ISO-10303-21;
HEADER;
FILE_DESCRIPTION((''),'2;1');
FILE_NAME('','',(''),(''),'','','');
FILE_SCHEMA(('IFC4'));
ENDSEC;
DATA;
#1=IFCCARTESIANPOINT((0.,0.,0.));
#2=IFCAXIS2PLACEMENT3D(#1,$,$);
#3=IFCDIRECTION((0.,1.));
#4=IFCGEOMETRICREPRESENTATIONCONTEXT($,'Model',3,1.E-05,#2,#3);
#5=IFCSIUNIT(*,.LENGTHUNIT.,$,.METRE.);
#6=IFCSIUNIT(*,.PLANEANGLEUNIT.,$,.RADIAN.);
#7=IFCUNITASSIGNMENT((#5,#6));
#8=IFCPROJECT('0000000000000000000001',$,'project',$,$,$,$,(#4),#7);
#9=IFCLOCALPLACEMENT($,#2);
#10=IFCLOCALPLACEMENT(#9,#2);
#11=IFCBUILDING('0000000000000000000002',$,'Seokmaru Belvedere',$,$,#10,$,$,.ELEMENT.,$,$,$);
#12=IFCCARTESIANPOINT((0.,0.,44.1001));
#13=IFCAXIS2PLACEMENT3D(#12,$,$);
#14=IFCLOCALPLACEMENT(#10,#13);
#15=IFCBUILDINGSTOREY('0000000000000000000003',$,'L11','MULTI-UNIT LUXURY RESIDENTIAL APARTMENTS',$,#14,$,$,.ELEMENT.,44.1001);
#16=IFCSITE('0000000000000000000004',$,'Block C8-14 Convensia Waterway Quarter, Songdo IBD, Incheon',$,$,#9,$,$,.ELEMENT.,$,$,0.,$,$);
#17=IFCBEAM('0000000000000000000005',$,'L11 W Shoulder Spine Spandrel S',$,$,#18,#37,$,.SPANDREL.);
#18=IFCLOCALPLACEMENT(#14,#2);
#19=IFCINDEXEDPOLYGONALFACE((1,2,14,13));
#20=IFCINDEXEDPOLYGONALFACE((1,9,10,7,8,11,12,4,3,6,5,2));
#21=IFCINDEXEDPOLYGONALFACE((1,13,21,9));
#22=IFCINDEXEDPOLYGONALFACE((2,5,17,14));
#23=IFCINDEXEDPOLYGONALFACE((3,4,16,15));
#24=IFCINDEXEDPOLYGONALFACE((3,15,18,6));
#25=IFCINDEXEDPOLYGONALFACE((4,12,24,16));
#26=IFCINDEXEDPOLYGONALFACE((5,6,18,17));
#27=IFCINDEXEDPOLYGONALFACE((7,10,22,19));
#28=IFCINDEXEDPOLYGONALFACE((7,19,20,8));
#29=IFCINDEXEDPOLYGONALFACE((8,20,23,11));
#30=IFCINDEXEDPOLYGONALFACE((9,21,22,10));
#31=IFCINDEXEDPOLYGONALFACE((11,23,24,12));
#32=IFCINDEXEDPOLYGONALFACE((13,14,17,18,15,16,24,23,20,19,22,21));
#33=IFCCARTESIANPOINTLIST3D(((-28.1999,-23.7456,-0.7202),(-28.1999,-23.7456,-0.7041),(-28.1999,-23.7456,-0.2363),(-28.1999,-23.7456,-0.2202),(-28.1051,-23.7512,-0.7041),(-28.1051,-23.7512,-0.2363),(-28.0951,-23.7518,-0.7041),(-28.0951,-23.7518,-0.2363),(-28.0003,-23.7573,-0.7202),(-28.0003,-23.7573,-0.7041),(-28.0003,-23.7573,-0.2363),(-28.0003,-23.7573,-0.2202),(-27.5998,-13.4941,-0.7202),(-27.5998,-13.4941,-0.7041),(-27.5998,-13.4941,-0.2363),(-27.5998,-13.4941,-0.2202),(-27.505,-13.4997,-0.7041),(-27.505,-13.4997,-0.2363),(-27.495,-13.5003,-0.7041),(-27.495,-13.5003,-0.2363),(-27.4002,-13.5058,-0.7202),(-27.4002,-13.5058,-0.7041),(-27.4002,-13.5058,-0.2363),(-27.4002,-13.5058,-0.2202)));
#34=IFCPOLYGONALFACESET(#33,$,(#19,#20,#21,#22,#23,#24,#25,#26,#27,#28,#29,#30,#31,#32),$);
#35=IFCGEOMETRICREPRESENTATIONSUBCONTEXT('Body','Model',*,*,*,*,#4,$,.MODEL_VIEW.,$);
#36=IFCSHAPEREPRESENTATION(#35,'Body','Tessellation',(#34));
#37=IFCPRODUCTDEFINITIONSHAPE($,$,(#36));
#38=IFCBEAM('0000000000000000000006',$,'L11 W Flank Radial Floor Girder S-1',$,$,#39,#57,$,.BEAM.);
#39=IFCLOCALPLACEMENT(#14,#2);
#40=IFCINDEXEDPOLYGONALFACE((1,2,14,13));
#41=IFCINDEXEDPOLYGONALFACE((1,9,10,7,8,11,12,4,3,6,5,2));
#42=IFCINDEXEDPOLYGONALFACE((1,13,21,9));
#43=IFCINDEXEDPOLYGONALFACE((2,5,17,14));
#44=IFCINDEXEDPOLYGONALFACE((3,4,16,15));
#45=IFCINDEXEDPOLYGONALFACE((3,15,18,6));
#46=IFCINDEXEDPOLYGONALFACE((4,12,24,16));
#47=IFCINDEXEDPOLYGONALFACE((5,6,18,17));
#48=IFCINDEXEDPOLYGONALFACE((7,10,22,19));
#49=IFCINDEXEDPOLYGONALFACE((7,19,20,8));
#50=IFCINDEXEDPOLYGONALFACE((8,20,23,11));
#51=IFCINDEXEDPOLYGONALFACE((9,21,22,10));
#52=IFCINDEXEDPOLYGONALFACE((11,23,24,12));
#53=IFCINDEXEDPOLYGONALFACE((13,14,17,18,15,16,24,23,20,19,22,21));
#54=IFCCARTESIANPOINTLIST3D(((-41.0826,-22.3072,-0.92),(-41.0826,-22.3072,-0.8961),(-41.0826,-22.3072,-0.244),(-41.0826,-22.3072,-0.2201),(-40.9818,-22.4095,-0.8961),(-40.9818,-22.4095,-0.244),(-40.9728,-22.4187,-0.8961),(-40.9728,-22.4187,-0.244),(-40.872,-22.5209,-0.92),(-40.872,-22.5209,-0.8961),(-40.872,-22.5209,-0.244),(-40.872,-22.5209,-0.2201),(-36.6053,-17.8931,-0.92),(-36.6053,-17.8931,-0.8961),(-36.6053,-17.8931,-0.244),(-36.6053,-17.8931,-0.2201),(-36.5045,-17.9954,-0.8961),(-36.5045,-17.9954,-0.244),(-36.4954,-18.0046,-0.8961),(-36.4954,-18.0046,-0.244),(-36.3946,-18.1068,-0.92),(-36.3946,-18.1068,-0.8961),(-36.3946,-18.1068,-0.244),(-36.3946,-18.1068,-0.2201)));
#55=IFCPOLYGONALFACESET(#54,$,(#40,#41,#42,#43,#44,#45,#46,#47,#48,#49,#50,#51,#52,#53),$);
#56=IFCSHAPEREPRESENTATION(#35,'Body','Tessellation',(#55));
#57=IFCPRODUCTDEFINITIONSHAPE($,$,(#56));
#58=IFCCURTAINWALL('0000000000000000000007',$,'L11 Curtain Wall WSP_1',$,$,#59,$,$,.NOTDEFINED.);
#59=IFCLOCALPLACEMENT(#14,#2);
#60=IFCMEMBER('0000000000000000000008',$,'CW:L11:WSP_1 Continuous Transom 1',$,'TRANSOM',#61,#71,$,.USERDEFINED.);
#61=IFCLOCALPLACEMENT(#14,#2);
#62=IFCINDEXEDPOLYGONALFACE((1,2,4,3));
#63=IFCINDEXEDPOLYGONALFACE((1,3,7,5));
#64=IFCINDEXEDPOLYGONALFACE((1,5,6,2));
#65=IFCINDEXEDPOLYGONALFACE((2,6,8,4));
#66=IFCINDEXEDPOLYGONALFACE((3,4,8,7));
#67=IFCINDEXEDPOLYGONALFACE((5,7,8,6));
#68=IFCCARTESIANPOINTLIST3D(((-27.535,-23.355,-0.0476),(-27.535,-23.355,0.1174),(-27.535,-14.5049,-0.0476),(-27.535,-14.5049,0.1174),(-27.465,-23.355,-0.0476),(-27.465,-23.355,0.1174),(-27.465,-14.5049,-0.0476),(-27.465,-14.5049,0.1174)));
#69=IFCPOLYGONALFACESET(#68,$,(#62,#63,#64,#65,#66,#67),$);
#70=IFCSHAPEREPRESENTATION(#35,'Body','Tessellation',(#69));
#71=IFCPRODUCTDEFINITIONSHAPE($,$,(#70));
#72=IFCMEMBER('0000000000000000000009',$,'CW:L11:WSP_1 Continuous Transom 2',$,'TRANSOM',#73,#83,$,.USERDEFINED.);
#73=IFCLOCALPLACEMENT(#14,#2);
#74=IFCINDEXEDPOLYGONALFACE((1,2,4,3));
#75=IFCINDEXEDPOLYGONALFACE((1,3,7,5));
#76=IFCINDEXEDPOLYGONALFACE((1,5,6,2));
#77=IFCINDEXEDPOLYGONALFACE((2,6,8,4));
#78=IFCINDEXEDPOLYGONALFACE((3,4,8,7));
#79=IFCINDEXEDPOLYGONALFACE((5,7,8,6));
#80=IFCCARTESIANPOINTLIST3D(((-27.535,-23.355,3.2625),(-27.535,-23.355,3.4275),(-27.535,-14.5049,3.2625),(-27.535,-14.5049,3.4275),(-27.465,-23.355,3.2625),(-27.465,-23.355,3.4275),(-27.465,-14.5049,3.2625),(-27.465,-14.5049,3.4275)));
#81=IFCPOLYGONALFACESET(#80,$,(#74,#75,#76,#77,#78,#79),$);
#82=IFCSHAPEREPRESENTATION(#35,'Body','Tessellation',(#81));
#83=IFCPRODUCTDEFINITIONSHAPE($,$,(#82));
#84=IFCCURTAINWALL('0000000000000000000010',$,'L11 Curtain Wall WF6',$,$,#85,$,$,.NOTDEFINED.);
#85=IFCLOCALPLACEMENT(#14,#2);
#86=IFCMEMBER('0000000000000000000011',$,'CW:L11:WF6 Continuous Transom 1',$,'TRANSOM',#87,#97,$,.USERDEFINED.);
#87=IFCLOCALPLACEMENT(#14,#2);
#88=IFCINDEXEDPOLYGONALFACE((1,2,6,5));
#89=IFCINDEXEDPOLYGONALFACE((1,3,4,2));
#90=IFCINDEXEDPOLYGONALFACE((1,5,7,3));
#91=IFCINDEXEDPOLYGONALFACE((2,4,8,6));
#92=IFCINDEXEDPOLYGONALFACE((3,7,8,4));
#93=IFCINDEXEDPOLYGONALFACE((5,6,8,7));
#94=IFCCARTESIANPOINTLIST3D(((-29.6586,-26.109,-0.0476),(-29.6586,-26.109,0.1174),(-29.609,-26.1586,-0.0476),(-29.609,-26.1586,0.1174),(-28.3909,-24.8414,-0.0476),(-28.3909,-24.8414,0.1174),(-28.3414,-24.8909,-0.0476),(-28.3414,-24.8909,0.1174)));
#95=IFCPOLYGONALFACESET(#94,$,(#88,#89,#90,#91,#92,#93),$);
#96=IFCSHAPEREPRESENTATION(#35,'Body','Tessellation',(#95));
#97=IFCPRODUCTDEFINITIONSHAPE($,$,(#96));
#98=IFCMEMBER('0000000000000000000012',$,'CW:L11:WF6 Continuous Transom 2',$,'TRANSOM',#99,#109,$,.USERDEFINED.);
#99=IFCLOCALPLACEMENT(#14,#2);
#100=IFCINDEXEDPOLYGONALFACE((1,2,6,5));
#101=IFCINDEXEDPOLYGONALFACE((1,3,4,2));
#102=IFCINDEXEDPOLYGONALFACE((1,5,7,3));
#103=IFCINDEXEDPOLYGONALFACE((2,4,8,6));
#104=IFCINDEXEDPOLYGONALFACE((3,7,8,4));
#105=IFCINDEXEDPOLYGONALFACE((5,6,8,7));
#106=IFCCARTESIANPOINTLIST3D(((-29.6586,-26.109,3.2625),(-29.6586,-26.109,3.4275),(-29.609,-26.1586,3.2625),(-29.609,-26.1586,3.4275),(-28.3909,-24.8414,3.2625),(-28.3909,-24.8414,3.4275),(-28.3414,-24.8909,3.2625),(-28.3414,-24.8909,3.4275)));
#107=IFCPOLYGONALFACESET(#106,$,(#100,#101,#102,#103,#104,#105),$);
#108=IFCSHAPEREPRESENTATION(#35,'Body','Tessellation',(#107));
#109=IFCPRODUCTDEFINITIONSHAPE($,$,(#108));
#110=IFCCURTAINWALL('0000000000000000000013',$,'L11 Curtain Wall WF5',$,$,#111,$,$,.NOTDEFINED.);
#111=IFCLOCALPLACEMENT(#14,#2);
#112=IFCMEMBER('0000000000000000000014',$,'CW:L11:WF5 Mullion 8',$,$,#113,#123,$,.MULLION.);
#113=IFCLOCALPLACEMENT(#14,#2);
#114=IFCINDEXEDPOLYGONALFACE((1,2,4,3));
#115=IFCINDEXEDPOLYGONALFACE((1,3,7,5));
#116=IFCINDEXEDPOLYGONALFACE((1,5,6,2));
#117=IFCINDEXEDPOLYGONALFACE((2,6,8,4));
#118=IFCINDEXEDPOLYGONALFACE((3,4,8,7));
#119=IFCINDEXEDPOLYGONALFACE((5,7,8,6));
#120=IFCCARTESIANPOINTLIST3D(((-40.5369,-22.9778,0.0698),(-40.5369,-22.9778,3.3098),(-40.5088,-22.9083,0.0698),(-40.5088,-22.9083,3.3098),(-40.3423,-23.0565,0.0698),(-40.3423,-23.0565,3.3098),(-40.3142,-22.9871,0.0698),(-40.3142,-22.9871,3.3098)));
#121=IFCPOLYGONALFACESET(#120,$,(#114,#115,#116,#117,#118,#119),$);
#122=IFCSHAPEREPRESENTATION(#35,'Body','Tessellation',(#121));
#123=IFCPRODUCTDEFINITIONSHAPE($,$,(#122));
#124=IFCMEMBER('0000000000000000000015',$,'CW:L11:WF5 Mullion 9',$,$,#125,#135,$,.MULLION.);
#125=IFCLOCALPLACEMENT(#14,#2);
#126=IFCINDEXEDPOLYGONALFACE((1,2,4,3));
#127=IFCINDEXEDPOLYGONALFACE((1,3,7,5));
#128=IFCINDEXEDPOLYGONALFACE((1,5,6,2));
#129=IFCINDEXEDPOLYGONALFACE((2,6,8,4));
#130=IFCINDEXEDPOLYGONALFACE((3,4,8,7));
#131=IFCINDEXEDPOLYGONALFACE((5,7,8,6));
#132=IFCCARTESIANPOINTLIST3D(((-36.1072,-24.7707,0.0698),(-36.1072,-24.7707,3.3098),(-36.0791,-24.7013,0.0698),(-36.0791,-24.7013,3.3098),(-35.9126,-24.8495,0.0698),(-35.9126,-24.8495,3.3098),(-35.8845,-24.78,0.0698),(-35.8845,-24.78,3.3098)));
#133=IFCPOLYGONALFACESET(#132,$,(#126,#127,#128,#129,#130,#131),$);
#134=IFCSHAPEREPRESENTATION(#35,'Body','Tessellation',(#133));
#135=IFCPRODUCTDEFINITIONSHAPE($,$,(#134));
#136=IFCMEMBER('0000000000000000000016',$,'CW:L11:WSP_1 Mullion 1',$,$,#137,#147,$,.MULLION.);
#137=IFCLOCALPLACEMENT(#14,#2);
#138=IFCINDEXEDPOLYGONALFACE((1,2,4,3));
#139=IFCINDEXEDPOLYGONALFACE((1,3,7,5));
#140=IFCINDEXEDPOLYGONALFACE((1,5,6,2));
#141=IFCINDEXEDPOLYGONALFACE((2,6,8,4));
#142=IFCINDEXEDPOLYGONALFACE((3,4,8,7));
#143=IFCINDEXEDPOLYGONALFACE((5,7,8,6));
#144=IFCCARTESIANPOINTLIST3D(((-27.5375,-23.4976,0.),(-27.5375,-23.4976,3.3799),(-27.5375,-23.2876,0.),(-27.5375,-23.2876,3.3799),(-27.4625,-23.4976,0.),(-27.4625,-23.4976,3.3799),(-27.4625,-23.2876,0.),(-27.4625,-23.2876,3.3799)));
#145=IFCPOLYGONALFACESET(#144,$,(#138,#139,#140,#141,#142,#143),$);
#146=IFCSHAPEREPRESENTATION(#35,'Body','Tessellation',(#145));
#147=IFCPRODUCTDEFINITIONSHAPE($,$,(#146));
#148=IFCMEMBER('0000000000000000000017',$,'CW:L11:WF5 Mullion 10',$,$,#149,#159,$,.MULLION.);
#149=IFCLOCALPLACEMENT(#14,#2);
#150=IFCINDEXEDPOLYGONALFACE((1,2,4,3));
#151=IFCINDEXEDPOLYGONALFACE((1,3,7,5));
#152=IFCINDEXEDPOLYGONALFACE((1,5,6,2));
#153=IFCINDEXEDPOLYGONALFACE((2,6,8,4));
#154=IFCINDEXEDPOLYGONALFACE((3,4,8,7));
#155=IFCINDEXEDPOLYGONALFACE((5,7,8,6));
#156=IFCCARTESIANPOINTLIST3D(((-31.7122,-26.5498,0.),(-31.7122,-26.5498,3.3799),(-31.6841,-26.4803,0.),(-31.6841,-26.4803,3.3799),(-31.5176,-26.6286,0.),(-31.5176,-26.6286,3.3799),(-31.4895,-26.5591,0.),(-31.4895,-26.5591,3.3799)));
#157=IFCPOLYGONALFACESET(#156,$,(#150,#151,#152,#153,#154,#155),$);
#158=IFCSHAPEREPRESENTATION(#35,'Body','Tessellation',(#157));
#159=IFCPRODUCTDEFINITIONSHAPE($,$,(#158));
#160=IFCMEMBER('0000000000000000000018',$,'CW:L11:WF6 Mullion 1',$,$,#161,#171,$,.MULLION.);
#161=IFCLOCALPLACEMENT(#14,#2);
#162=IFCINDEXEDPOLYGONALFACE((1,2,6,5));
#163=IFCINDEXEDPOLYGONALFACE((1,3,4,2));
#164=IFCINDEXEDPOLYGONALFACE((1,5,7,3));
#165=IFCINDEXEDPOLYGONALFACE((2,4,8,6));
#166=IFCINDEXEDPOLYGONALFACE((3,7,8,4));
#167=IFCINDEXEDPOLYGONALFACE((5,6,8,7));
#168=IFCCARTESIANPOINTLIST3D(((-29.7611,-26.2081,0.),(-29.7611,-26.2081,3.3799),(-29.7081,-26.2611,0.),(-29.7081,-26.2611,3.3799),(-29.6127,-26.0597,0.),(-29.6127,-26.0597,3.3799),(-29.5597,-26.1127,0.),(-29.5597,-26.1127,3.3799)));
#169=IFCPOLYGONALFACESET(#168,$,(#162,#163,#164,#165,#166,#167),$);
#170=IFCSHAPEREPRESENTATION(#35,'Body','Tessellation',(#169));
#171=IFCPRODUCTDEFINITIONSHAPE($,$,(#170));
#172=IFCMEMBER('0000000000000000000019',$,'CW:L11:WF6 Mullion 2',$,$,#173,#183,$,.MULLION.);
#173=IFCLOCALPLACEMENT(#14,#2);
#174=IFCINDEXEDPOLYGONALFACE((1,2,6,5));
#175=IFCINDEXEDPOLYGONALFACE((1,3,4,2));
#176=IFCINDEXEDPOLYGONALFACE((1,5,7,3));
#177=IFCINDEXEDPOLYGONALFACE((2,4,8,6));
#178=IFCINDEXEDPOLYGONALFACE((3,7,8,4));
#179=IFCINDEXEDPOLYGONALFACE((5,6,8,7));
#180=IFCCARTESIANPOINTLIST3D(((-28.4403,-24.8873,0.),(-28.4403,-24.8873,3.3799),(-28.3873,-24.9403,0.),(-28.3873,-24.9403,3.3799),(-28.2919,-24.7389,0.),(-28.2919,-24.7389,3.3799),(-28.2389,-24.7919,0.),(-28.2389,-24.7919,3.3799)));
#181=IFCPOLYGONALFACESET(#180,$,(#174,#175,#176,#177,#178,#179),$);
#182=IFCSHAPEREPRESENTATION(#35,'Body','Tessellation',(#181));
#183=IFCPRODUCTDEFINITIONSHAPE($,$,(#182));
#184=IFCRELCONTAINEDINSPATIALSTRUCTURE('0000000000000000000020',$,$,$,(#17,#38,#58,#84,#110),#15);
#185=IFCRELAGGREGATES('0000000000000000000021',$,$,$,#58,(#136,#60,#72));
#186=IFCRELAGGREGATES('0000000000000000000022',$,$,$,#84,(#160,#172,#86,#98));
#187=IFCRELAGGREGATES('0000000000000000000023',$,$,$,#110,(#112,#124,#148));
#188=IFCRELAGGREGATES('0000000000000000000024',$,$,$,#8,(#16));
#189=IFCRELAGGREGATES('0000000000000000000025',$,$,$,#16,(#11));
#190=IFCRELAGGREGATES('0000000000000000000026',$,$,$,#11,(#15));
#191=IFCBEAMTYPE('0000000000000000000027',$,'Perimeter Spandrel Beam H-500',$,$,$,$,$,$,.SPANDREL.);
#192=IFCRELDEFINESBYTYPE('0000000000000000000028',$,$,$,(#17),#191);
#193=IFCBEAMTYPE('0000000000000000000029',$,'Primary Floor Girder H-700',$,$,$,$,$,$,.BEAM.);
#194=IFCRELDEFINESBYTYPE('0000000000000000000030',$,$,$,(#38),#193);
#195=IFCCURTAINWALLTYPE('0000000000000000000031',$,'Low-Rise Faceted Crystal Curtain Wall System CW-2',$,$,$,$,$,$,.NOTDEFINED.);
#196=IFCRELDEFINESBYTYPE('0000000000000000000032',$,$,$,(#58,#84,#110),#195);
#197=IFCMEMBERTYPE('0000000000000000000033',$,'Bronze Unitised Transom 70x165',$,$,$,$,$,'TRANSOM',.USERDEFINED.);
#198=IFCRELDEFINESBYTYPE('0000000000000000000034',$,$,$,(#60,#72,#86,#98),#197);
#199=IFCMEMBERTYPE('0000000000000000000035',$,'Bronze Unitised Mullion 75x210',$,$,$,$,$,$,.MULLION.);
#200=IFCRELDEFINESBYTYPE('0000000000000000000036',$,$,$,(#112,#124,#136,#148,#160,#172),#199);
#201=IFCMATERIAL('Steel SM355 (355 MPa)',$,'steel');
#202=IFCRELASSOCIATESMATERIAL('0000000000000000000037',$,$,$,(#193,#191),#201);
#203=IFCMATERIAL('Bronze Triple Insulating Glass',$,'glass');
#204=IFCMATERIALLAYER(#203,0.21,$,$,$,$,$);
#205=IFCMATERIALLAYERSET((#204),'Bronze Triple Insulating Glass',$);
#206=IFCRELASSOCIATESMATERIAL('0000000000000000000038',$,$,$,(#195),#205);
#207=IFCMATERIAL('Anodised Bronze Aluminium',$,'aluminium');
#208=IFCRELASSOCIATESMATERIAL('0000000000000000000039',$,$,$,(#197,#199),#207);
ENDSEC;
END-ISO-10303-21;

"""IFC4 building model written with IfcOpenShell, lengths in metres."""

from ifc_helpers import new_model, si_unit, direction, frame, origin, origin_2d, place, context, subcontext, project, spatial, rectangle, i_section, extrude, source, transform, mapped, material, layer, layer_set, material_profile, profile_set, type_object, type_shapes, element, aggregate, save


model = new_model("IFC4")

# Units and contexts
model_context = context("Model", 3, precision=1e-05, world=origin(), true_north=direction((0.0, 1.0)))
body_context = subcontext(model_context, "Body", "Model", "MODEL_VIEW")
ifc_project = project(units=[si_unit("LENGTHUNIT", "METRE"), si_unit("PLANEANGLEUNIT", "RADIAN")], contexts=[model_context])

# Site, building, storey
site_placement = place(None, origin())
site = spatial("IfcSite", under=ifc_project, at=site_placement, Name="Block C8-14 Convensia Waterway Quarter, Songdo IBD, Incheon", CompositionType="ELEMENT", RefElevation=0.0)
building_placement = place(site_placement, origin())
building = spatial("IfcBuilding", under=site, at=building_placement, Name="Seokmaru Belvedere", CompositionType="ELEMENT")
storey_placement = place(building_placement, frame((0.0, 0.0, 44.1001)))
storey = spatial("IfcBuildingStorey", under=building, at=storey_placement, Name="L11", Description="MULTI-UNIT LUXURY RESIDENTIAL APARTMENTS", CompositionType="ELEMENT", Elevation=44.1001)

# Shared definitions
ifc_material_1 = material(Name="Steel SM355 (355 MPa)", Category="steel")

# Beams
ifc_material_profile_1 = material_profile(ifc_material_1, i_section(OverallWidth=0.3, OverallDepth=0.7, WebThickness=0.0129, FlangeThickness=0.0239, at=origin_2d()), Name="H-700x300x13x24")
ifc_profile_set_1 = profile_set([ifc_material_profile_1], Name="Steel SM355 (355 MPa)")
beam_type_1 = type_object("IfcBeamType", Name="Primary Floor Girder H-700", PredefinedType="BEAM", material=ifc_profile_set_1)
ifc_material_profile_2 = material_profile(ifc_material_1, i_section(OverallWidth=0.2, OverallDepth=0.5, WebThickness=0.01, FlangeThickness=0.0161, at=origin_2d()), Name="H-500x200x10x16")
ifc_profile_set_2 = profile_set([ifc_material_profile_2], Name="Steel SM355 (355 MPa)")
beam_type_2 = type_object("IfcBeamType", Name="Perimeter Spandrel Beam H-500", PredefinedType="SPANDREL", material=ifc_profile_set_2)
shared_shape_1 = source(origin(), body_context, "Body", "SweptSolid", [
    extrude(i_section(OverallWidth=0.2, OverallDepth=0.5, WebThickness=0.01, FlangeThickness=0.0161, at=origin_2d()), origin(), (0.0, 0.0, 1.0), 10.269),
])
beam_1_placement = place(storey_placement, frame((-28.1001, -23.7515, -0.4702), z_axis=(0.058438, 0.998291, 0.0), x_axis=(-0.998291, 0.058438, 0.0)))
element("IfcBeam", 1, at=beam_1_placement, inside=storey, type_object=beam_type_2, Name="L11 W Shoulder Spine Spandrel S", PredefinedType="SPANDREL", context=body_context, shape_type="MappedRepresentation", body=[
    mapped(shared_shape_1, transform((0.0, 0.0, 0.0), scale=1.0)),
])
shared_shape_2 = source(origin(), body_context, "Body", "SweptSolid", [
    extrude(i_section(OverallWidth=0.3, OverallDepth=0.7, WebThickness=0.0129, FlangeThickness=0.0239, at=origin_2d()), origin(), (0.0, 0.0, 1.0), 6.2874),
])
beam_2_placement = place(storey_placement, frame((-40.9773, -22.4141, -0.5701), z_axis=(0.712117, 0.70206, 0.0), x_axis=(-0.70206, 0.712117, 0.0)))
element("IfcBeam", 2, at=beam_2_placement, inside=storey, type_object=beam_type_1, Name="L11 W Flank Radial Floor Girder S-1", PredefinedType="BEAM", context=body_context, shape_type="MappedRepresentation", body=[
    mapped(shared_shape_2, transform((0.0, 0.0, 0.0), scale=1.0)),
])

# Curtain walls, members
ifc_material_2 = material(Name="Bronze Triple Insulating Glass", Category="glass")
ifc_layer_1 = layer(ifc_material_2, 0.21)
ifc_layer_set_1 = layer_set([ifc_layer_1], Name="Bronze Triple Insulating Glass")
curtain_wall_type = type_object("IfcCurtainWallType", Name="Low-Rise Faceted Crystal Curtain Wall System CW-2", PredefinedType="NOTDEFINED", material=ifc_layer_set_1)
curtain_wall_1_placement = place(storey_placement, origin())
curtain_wall_1 = element("IfcCurtainWall", 3, at=curtain_wall_1_placement, inside=storey, type_object=curtain_wall_type, Name="L11 Curtain Wall WSP_1", PredefinedType="NOTDEFINED")
ifc_material_3 = material(Name="Anodised Bronze Aluminium", Category="aluminium")
ifc_material_profile_3 = material_profile(ifc_material_3, rectangle(XDim=0.0701, YDim=0.165, at=origin_2d()), Name="CW-T-70x165")
ifc_profile_set_3 = profile_set([ifc_material_profile_3], Name="Anodised Bronze Aluminium")
member_type_1 = type_object("IfcMemberType", Name="Bronze Unitised Transom 70x165", ElementType="TRANSOM", PredefinedType="USERDEFINED", material=ifc_profile_set_3)
shared_shape_3 = source(origin(), body_context, "Body", "SweptSolid", [
    extrude(rectangle(XDim=0.0701, YDim=0.165, at=origin_2d()), origin(), (0.0, 0.0, 1.0), 8.8501),
])
member_1_placement = place(storey_placement, frame((-27.5, -23.355, 0.0349), z_axis=(0.0, 1.0, 0.0), x_axis=(-1.0, 0.0, 0.0)))
member_1 = element("IfcMember", 4, at=member_1_placement, type_object=member_type_1, Name="CW:L11:WSP_1 Continuous Transom 1", ObjectType="TRANSOM", PredefinedType="USERDEFINED", context=body_context, shape_type="MappedRepresentation", body=[
    mapped(shared_shape_3, transform((0.0, 0.0, 0.0), scale=1.0)),
])
member_2_placement = place(storey_placement, frame((-27.5, -23.355, 3.345), z_axis=(0.0, 1.0, 0.0), x_axis=(-1.0, 0.0, 0.0)))
member_2 = element("IfcMember", 5, at=member_2_placement, type_object=member_type_1, Name="CW:L11:WSP_1 Continuous Transom 2", ObjectType="TRANSOM", PredefinedType="USERDEFINED", context=body_context, shape_type="MappedRepresentation", body=[
    mapped(shared_shape_3, transform((0.0, 0.0, 0.0), scale=1.0)),
])
curtain_wall_2_placement = place(storey_placement, origin())
curtain_wall_2 = element("IfcCurtainWall", 6, at=curtain_wall_2_placement, inside=storey, type_object=curtain_wall_type, Name="L11 Curtain Wall WF6", PredefinedType="NOTDEFINED")
shared_shape_4 = source(origin(), body_context, "Body", "SweptSolid", [
    extrude(rectangle(XDim=0.0701, YDim=0.165, at=origin_2d()), origin(), (0.0, 0.0, 1.0), 1.7927),
])
type_shapes(member_type_1, [shared_shape_3, shared_shape_4])
member_3_placement = place(storey_placement, frame((-29.6338, -26.1338, 0.0349), z_axis=(0.707107, 0.707107, 0.0), x_axis=(-0.707107, 0.707107, 0.0)))
member_3 = element("IfcMember", 7, at=member_3_placement, type_object=member_type_1, Name="CW:L11:WF6 Continuous Transom 1", ObjectType="TRANSOM", PredefinedType="USERDEFINED", context=body_context, shape_type="MappedRepresentation", body=[
    mapped(shared_shape_4, transform((0.0, 0.0, 0.0), scale=1.0)),
])
member_4_placement = place(storey_placement, frame((-29.6338, -26.1338, 3.345), z_axis=(0.707107, 0.707107, 0.0), x_axis=(-0.707107, 0.707107, 0.0)))
member_4 = element("IfcMember", 8, at=member_4_placement, type_object=member_type_1, Name="CW:L11:WF6 Continuous Transom 2", ObjectType="TRANSOM", PredefinedType="USERDEFINED", context=body_context, shape_type="MappedRepresentation", body=[
    mapped(shared_shape_4, transform((0.0, 0.0, 0.0), scale=1.0)),
])
curtain_wall_3_placement = place(storey_placement, origin())
curtain_wall_3 = element("IfcCurtainWall", 9, at=curtain_wall_3_placement, inside=storey, type_object=curtain_wall_type, Name="L11 Curtain Wall WF5", PredefinedType="NOTDEFINED")
ifc_material_profile_4 = material_profile(ifc_material_3, rectangle(XDim=0.075, YDim=0.21, at=origin_2d()), Name="CW-M-75x210")
ifc_profile_set_4 = profile_set([ifc_material_profile_4], Name="Anodised Bronze Aluminium")
member_type_2 = type_object("IfcMemberType", Name="Bronze Unitised Mullion 75x210", PredefinedType="MULLION", material=ifc_profile_set_4)
shared_shape_5 = source(origin(), body_context, "Body", "SweptSolid", [
    extrude(rectangle(XDim=0.075, YDim=0.21, at=origin_2d()), origin(), (0.0, 0.0, 1.0), 3.24),
])
member_5_placement = place(storey_placement, frame((-40.4255, -22.9824, 0.0698), z_axis=(0.0, 0.0, 1.0), x_axis=(0.375192, 0.926947, 0.0)))
member_5 = element("IfcMember", 10, at=member_5_placement, type_object=member_type_2, Name="CW:L11:WF5 Mullion 8", PredefinedType="MULLION", context=body_context, shape_type="MappedRepresentation", body=[
    mapped(shared_shape_5, transform((0.0, 0.0, 0.0), scale=1.0)),
])
member_6_placement = place(storey_placement, frame((-35.9958, -24.7754, 0.0698), z_axis=(0.0, 0.0, 1.0), x_axis=(0.375192, 0.926947, 0.0)))
member_6 = element("IfcMember", 11, at=member_6_placement, type_object=member_type_2, Name="CW:L11:WF5 Mullion 9", PredefinedType="MULLION", context=body_context, shape_type="MappedRepresentation", body=[
    mapped(shared_shape_5, transform((0.0, 0.0, 0.0), scale=1.0)),
])

# Members
shared_shape_6 = source(origin(), body_context, "Body", "SweptSolid", [
    extrude(rectangle(XDim=0.075, YDim=0.21, at=origin_2d()), origin(), (0.0, 0.0, 1.0), 3.3799),
])
type_shapes(member_type_2, [shared_shape_5, shared_shape_6])
member_7_placement = place(storey_placement, frame((-27.5, -23.3926, 0.0), z_axis=(0.0, 0.0, 1.0), x_axis=(-1.0, 0.0, 0.0)))
member_7 = element("IfcMember", 12, at=member_7_placement, type_object=member_type_2, Name="CW:L11:WSP_1 Mullion 1", PredefinedType="MULLION", context=body_context, shape_type="MappedRepresentation", body=[
    mapped(shared_shape_6, transform((0.0, 0.0, 0.0), scale=1.0)),
])
member_8_placement = place(storey_placement, frame((-31.6008, -26.5544, 0.0), z_axis=(0.0, 0.0, 1.0), x_axis=(0.375192, 0.926947, 0.0)))
member_8 = element("IfcMember", 13, at=member_8_placement, type_object=member_type_2, Name="CW:L11:WF5 Mullion 10", PredefinedType="MULLION", context=body_context, shape_type="MappedRepresentation", body=[
    mapped(shared_shape_6, transform((0.0, 0.0, 0.0), scale=1.0)),
])
member_9_placement = place(storey_placement, frame((-29.6604, -26.1604, 0.0), z_axis=(0.0, 0.0, 1.0), x_axis=(-0.707107, 0.707107, 0.0)))
member_9 = element("IfcMember", 14, at=member_9_placement, type_object=member_type_2, Name="CW:L11:WF6 Mullion 1", PredefinedType="MULLION", context=body_context, shape_type="MappedRepresentation", body=[
    mapped(shared_shape_6, transform((0.0, 0.0, 0.0), scale=1.0)),
])
member_10_placement = place(storey_placement, frame((-28.3396, -24.8396, 0.0), z_axis=(0.0, 0.0, 1.0), x_axis=(-0.707107, 0.707107, 0.0)))
member_10 = element("IfcMember", 15, at=member_10_placement, type_object=member_type_2, Name="CW:L11:WF6 Mullion 2", PredefinedType="MULLION", context=body_context, shape_type="MappedRepresentation", body=[
    mapped(shared_shape_6, transform((0.0, 0.0, 0.0), scale=1.0)),
])

aggregate(curtain_wall_1, [member_7, member_1, member_2])
aggregate(curtain_wall_2, [member_9, member_10, member_3, member_4])
aggregate(curtain_wall_3, [member_5, member_6, member_8])

save(model, "model.ifc")
